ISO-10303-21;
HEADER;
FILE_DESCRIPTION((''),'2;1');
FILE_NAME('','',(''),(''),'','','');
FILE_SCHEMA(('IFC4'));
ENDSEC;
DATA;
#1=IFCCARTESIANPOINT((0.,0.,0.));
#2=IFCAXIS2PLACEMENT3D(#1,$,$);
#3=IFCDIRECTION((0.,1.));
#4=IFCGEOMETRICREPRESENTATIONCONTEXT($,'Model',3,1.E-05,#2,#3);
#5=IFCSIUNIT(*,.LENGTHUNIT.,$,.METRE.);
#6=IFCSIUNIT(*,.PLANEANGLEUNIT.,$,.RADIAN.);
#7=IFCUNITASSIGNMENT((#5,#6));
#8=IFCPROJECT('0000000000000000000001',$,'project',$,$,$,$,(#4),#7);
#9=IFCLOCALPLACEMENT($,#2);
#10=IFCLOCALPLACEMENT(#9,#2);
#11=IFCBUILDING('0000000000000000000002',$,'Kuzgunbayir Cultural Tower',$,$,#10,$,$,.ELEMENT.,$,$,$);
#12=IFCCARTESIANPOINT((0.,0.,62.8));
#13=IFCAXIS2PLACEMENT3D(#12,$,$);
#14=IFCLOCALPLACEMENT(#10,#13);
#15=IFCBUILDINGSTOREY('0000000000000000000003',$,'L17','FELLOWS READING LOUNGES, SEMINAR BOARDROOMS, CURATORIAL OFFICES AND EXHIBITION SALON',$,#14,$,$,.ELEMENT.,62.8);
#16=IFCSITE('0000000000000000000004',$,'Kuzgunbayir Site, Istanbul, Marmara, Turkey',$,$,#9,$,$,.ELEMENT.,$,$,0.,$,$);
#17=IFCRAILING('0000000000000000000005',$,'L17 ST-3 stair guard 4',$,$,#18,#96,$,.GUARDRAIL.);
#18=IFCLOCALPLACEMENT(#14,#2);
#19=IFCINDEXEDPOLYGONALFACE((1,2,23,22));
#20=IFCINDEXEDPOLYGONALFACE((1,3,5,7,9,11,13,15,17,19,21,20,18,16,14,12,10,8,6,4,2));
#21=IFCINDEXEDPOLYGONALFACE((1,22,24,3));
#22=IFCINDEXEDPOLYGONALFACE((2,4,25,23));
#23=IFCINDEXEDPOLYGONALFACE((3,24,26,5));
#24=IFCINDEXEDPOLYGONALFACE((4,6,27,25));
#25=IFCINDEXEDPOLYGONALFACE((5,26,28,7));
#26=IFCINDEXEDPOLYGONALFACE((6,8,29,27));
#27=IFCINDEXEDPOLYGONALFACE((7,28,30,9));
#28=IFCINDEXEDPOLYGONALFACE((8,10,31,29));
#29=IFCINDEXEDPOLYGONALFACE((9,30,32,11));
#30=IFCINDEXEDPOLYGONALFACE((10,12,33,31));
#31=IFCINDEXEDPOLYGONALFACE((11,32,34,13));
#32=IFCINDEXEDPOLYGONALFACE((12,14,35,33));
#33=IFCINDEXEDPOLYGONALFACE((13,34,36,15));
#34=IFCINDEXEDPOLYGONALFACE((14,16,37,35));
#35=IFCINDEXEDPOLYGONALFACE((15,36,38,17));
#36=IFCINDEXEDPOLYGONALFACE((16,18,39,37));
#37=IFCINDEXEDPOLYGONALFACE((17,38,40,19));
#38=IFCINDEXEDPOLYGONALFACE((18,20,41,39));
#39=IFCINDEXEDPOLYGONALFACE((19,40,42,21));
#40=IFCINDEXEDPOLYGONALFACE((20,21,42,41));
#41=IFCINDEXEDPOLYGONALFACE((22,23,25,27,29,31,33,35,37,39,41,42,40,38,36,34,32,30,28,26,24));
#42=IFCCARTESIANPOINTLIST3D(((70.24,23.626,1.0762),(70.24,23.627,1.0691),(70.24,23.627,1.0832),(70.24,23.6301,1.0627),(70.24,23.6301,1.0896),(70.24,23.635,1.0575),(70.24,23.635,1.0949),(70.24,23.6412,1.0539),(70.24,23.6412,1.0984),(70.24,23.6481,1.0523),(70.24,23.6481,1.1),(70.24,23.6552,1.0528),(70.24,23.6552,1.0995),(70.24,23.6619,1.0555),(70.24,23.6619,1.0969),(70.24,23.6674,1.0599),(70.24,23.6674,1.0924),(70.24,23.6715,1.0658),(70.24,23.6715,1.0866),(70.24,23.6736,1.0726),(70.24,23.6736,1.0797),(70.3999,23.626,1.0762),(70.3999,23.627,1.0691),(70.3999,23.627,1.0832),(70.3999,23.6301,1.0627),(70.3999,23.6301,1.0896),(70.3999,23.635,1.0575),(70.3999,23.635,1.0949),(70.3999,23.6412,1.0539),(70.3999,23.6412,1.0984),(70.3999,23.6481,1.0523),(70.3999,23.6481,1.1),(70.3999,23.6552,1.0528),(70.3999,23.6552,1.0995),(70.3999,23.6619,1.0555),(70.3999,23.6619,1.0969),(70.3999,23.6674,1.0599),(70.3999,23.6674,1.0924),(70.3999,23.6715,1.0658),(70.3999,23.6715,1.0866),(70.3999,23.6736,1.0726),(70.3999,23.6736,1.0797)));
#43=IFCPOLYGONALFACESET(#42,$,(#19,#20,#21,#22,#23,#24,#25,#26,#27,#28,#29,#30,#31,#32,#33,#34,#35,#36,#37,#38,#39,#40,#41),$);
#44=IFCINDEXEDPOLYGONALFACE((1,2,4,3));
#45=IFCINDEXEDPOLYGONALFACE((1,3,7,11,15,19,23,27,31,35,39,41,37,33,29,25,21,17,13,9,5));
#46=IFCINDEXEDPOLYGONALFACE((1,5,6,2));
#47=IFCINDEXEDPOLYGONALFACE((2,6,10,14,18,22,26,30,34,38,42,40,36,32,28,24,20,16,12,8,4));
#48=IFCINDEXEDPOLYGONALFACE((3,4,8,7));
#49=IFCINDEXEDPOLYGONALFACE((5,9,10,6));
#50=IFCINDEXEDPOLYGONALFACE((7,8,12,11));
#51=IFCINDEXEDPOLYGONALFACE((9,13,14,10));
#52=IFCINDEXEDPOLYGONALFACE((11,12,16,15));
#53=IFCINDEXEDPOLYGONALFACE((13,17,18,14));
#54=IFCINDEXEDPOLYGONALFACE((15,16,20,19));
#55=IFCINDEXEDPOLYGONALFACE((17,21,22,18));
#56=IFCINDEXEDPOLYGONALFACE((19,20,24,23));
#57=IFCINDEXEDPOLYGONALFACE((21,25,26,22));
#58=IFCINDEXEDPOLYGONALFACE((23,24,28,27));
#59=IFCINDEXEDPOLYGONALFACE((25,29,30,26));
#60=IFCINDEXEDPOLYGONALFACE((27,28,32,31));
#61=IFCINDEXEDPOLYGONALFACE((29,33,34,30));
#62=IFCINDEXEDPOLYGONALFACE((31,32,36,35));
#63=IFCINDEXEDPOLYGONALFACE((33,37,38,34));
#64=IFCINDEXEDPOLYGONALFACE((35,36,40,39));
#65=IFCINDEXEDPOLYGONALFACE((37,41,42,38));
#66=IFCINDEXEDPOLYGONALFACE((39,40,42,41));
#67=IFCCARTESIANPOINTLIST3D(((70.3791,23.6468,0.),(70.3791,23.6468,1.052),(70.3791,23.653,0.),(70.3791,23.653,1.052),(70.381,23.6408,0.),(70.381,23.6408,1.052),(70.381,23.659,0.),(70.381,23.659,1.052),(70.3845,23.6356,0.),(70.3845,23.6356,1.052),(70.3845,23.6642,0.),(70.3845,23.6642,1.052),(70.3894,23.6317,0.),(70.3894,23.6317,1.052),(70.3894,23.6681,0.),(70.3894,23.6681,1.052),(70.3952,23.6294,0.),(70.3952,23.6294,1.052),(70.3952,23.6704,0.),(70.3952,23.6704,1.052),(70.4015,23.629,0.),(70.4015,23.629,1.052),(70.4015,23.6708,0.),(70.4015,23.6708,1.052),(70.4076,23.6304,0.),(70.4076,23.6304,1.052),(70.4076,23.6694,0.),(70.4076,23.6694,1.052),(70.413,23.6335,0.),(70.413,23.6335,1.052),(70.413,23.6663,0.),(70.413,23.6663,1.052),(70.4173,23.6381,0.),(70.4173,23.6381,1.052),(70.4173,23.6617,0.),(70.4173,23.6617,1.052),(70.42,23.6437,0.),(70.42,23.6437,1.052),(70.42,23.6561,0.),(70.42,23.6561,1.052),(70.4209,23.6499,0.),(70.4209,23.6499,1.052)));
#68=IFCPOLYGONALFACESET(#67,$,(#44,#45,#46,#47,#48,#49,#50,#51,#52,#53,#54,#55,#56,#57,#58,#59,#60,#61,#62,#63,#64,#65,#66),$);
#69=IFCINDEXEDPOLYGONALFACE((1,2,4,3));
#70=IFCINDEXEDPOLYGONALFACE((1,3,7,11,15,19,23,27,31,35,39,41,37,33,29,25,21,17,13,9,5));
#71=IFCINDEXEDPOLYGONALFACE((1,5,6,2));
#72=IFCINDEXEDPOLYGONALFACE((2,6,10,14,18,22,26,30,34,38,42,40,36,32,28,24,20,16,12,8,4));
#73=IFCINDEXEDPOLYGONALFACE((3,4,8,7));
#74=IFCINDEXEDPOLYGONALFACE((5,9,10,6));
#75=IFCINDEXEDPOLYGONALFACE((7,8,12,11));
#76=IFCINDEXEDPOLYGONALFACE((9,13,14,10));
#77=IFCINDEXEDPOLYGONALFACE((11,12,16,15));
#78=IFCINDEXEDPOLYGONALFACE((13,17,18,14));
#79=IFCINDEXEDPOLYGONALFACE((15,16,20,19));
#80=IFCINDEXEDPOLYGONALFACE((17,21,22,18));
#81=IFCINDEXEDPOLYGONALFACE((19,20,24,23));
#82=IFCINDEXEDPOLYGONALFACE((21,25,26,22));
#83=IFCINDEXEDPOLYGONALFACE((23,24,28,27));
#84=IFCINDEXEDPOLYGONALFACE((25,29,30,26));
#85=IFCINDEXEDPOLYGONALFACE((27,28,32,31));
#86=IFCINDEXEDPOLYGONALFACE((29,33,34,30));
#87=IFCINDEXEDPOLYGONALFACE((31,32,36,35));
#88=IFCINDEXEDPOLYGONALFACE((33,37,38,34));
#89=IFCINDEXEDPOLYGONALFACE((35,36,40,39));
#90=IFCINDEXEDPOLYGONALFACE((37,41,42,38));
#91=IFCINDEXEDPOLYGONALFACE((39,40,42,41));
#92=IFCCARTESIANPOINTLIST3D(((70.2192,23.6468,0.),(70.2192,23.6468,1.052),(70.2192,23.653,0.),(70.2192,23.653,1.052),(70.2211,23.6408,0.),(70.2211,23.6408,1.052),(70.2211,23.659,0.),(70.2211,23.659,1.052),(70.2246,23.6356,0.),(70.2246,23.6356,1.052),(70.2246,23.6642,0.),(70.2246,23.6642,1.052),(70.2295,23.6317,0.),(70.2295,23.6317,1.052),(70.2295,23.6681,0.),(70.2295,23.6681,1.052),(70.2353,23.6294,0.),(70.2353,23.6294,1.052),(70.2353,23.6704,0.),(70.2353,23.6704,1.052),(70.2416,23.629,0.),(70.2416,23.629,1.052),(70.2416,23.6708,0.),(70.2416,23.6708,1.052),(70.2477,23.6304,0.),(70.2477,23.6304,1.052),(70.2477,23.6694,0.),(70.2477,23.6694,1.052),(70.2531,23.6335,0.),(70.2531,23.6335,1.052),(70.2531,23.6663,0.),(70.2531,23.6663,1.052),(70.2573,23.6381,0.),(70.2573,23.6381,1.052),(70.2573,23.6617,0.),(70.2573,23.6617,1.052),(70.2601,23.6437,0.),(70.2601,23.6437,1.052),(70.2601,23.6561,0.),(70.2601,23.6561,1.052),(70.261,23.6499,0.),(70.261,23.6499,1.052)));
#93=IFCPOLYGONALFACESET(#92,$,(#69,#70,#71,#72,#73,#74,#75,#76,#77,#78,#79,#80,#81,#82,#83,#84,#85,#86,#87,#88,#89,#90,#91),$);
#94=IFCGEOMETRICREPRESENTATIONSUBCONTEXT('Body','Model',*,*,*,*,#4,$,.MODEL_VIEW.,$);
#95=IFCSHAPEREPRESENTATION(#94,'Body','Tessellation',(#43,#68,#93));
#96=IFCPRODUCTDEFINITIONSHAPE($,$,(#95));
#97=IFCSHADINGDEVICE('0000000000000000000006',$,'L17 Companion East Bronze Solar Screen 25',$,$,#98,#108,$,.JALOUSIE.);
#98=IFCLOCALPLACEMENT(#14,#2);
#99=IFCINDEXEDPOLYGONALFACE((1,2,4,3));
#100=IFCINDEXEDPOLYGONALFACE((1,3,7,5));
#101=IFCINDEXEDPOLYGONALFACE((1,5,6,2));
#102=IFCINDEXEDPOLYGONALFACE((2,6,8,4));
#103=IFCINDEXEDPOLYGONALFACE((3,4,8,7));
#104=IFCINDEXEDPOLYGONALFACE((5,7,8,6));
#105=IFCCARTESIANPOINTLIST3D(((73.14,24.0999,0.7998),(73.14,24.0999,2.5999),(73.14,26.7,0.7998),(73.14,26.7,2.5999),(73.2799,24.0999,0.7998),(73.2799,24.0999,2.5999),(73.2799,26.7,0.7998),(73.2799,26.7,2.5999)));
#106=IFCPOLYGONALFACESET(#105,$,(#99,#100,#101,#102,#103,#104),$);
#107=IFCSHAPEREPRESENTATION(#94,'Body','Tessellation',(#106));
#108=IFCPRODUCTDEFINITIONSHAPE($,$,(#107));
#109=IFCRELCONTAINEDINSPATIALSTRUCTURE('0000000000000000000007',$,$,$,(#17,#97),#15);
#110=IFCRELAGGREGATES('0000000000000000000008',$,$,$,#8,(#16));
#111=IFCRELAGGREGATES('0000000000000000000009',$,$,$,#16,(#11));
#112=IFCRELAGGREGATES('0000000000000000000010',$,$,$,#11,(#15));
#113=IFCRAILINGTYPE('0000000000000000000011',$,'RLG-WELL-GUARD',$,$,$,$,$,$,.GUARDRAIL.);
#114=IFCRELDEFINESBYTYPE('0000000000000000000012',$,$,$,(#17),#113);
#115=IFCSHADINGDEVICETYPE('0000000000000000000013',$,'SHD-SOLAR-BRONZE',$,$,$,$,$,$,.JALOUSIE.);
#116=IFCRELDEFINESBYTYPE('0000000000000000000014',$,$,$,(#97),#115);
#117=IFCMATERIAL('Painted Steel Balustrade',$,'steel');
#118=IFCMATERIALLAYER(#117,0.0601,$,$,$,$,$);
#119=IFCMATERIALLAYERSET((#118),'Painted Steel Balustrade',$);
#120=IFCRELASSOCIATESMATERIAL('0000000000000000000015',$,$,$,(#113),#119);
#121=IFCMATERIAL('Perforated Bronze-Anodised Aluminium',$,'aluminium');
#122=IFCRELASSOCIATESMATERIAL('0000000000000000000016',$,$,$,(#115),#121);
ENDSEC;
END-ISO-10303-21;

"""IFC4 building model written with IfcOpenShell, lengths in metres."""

from ifc_helpers import new_model, si_unit, direction, frame, origin, origin_2d, place, context, subcontext, project, spatial, rectangle, circle, extrude, material, layer, layer_set, type_object, element, save


model = new_model("IFC4")

# Units and contexts
model_context = context("Model", 3, precision=1e-05, world=origin(), true_north=direction((0.0, 1.0)))
body_context = subcontext(model_context, "Body", "Model", "MODEL_VIEW")
ifc_project = project(units=[si_unit("LENGTHUNIT", "METRE"), si_unit("PLANEANGLEUNIT", "RADIAN")], contexts=[model_context])

# Site, building, storey
site_placement = place(None, origin())
site = spatial("IfcSite", under=ifc_project, at=site_placement, Name="Kuzgunbayir Site, Istanbul, Marmara, Turkey", CompositionType="ELEMENT", RefElevation=0.0)
building_placement = place(site_placement, origin())
building = spatial("IfcBuilding", under=site, at=building_placement, Name="Kuzgunbayir Cultural Tower", CompositionType="ELEMENT")
storey_placement = place(building_placement, frame((0.0, 0.0, 62.8)))
storey = spatial("IfcBuildingStorey", under=building, at=storey_placement, Name="L17", Description="FELLOWS READING LOUNGES, SEMINAR BOARDROOMS, CURATORIAL OFFICES AND EXHIBITION SALON", CompositionType="ELEMENT", Elevation=62.8)

# Railing
ifc_material_1 = material(Name="Painted Steel Balustrade", Category="steel")
ifc_layer_1 = layer(ifc_material_1, 0.0601)
ifc_layer_set_1 = layer_set([ifc_layer_1], Name="Painted Steel Balustrade")
railing_type_1 = type_object("IfcRailingType", Name="RLG-WELL-GUARD", PredefinedType="GUARDRAIL", material=ifc_layer_set_1)
railing_1_placement = place(storey_placement, frame((70.3999, 23.6499, 0.0)))
element("IfcRailing", 1, at=railing_1_placement, inside=storey, type_object=railing_type_1, Name="L17 ST-3 stair guard 4", PredefinedType="GUARDRAIL", context=body_context, shape_type="SweptSolid", body=[
    extrude(circle(Radius=0.0239, at=origin_2d()), frame((0.0, 0.0, 1.0762), z_axis=(-1.0, 0.0, 0.0), x_axis=(0.0, -1.0, 0.0)), (0.0, 0.0, 1.0), 0.1599),
    extrude(circle(Radius=0.021, at=origin_2d()), origin(), (0.0, 0.0, 1.0), 1.052),
    extrude(circle(Radius=0.021, at=origin_2d()), frame((-0.1599, 0.0, 0.0)), (0.0, 0.0, 1.0), 1.052),
])

# Shading device
ifc_material_2 = material(Name="Perforated Bronze-Anodised Aluminium", Category="aluminium")
shading_device_type = type_object("IfcShadingDeviceType", Name="SHD-SOLAR-BRONZE", PredefinedType="JALOUSIE", material=ifc_material_2)
shading_device_placement = place(storey_placement, frame((73.21, 25.3999, 0.7998), z_axis=(0.0, 0.0, 1.0), x_axis=(1.0, 0.0, 0.0)))
element("IfcShadingDevice", 2, at=shading_device_placement, inside=storey, type_object=shading_device_type, Name="L17 Companion East Bronze Solar Screen 25", PredefinedType="JALOUSIE", context=body_context, shape_type="SweptSolid", body=[
    extrude(rectangle(XDim=0.1399, YDim=2.6001, at=origin_2d()), origin(), (0.0, 0.0, 1.0), 1.8),
])

save(model, "model.ifc")
